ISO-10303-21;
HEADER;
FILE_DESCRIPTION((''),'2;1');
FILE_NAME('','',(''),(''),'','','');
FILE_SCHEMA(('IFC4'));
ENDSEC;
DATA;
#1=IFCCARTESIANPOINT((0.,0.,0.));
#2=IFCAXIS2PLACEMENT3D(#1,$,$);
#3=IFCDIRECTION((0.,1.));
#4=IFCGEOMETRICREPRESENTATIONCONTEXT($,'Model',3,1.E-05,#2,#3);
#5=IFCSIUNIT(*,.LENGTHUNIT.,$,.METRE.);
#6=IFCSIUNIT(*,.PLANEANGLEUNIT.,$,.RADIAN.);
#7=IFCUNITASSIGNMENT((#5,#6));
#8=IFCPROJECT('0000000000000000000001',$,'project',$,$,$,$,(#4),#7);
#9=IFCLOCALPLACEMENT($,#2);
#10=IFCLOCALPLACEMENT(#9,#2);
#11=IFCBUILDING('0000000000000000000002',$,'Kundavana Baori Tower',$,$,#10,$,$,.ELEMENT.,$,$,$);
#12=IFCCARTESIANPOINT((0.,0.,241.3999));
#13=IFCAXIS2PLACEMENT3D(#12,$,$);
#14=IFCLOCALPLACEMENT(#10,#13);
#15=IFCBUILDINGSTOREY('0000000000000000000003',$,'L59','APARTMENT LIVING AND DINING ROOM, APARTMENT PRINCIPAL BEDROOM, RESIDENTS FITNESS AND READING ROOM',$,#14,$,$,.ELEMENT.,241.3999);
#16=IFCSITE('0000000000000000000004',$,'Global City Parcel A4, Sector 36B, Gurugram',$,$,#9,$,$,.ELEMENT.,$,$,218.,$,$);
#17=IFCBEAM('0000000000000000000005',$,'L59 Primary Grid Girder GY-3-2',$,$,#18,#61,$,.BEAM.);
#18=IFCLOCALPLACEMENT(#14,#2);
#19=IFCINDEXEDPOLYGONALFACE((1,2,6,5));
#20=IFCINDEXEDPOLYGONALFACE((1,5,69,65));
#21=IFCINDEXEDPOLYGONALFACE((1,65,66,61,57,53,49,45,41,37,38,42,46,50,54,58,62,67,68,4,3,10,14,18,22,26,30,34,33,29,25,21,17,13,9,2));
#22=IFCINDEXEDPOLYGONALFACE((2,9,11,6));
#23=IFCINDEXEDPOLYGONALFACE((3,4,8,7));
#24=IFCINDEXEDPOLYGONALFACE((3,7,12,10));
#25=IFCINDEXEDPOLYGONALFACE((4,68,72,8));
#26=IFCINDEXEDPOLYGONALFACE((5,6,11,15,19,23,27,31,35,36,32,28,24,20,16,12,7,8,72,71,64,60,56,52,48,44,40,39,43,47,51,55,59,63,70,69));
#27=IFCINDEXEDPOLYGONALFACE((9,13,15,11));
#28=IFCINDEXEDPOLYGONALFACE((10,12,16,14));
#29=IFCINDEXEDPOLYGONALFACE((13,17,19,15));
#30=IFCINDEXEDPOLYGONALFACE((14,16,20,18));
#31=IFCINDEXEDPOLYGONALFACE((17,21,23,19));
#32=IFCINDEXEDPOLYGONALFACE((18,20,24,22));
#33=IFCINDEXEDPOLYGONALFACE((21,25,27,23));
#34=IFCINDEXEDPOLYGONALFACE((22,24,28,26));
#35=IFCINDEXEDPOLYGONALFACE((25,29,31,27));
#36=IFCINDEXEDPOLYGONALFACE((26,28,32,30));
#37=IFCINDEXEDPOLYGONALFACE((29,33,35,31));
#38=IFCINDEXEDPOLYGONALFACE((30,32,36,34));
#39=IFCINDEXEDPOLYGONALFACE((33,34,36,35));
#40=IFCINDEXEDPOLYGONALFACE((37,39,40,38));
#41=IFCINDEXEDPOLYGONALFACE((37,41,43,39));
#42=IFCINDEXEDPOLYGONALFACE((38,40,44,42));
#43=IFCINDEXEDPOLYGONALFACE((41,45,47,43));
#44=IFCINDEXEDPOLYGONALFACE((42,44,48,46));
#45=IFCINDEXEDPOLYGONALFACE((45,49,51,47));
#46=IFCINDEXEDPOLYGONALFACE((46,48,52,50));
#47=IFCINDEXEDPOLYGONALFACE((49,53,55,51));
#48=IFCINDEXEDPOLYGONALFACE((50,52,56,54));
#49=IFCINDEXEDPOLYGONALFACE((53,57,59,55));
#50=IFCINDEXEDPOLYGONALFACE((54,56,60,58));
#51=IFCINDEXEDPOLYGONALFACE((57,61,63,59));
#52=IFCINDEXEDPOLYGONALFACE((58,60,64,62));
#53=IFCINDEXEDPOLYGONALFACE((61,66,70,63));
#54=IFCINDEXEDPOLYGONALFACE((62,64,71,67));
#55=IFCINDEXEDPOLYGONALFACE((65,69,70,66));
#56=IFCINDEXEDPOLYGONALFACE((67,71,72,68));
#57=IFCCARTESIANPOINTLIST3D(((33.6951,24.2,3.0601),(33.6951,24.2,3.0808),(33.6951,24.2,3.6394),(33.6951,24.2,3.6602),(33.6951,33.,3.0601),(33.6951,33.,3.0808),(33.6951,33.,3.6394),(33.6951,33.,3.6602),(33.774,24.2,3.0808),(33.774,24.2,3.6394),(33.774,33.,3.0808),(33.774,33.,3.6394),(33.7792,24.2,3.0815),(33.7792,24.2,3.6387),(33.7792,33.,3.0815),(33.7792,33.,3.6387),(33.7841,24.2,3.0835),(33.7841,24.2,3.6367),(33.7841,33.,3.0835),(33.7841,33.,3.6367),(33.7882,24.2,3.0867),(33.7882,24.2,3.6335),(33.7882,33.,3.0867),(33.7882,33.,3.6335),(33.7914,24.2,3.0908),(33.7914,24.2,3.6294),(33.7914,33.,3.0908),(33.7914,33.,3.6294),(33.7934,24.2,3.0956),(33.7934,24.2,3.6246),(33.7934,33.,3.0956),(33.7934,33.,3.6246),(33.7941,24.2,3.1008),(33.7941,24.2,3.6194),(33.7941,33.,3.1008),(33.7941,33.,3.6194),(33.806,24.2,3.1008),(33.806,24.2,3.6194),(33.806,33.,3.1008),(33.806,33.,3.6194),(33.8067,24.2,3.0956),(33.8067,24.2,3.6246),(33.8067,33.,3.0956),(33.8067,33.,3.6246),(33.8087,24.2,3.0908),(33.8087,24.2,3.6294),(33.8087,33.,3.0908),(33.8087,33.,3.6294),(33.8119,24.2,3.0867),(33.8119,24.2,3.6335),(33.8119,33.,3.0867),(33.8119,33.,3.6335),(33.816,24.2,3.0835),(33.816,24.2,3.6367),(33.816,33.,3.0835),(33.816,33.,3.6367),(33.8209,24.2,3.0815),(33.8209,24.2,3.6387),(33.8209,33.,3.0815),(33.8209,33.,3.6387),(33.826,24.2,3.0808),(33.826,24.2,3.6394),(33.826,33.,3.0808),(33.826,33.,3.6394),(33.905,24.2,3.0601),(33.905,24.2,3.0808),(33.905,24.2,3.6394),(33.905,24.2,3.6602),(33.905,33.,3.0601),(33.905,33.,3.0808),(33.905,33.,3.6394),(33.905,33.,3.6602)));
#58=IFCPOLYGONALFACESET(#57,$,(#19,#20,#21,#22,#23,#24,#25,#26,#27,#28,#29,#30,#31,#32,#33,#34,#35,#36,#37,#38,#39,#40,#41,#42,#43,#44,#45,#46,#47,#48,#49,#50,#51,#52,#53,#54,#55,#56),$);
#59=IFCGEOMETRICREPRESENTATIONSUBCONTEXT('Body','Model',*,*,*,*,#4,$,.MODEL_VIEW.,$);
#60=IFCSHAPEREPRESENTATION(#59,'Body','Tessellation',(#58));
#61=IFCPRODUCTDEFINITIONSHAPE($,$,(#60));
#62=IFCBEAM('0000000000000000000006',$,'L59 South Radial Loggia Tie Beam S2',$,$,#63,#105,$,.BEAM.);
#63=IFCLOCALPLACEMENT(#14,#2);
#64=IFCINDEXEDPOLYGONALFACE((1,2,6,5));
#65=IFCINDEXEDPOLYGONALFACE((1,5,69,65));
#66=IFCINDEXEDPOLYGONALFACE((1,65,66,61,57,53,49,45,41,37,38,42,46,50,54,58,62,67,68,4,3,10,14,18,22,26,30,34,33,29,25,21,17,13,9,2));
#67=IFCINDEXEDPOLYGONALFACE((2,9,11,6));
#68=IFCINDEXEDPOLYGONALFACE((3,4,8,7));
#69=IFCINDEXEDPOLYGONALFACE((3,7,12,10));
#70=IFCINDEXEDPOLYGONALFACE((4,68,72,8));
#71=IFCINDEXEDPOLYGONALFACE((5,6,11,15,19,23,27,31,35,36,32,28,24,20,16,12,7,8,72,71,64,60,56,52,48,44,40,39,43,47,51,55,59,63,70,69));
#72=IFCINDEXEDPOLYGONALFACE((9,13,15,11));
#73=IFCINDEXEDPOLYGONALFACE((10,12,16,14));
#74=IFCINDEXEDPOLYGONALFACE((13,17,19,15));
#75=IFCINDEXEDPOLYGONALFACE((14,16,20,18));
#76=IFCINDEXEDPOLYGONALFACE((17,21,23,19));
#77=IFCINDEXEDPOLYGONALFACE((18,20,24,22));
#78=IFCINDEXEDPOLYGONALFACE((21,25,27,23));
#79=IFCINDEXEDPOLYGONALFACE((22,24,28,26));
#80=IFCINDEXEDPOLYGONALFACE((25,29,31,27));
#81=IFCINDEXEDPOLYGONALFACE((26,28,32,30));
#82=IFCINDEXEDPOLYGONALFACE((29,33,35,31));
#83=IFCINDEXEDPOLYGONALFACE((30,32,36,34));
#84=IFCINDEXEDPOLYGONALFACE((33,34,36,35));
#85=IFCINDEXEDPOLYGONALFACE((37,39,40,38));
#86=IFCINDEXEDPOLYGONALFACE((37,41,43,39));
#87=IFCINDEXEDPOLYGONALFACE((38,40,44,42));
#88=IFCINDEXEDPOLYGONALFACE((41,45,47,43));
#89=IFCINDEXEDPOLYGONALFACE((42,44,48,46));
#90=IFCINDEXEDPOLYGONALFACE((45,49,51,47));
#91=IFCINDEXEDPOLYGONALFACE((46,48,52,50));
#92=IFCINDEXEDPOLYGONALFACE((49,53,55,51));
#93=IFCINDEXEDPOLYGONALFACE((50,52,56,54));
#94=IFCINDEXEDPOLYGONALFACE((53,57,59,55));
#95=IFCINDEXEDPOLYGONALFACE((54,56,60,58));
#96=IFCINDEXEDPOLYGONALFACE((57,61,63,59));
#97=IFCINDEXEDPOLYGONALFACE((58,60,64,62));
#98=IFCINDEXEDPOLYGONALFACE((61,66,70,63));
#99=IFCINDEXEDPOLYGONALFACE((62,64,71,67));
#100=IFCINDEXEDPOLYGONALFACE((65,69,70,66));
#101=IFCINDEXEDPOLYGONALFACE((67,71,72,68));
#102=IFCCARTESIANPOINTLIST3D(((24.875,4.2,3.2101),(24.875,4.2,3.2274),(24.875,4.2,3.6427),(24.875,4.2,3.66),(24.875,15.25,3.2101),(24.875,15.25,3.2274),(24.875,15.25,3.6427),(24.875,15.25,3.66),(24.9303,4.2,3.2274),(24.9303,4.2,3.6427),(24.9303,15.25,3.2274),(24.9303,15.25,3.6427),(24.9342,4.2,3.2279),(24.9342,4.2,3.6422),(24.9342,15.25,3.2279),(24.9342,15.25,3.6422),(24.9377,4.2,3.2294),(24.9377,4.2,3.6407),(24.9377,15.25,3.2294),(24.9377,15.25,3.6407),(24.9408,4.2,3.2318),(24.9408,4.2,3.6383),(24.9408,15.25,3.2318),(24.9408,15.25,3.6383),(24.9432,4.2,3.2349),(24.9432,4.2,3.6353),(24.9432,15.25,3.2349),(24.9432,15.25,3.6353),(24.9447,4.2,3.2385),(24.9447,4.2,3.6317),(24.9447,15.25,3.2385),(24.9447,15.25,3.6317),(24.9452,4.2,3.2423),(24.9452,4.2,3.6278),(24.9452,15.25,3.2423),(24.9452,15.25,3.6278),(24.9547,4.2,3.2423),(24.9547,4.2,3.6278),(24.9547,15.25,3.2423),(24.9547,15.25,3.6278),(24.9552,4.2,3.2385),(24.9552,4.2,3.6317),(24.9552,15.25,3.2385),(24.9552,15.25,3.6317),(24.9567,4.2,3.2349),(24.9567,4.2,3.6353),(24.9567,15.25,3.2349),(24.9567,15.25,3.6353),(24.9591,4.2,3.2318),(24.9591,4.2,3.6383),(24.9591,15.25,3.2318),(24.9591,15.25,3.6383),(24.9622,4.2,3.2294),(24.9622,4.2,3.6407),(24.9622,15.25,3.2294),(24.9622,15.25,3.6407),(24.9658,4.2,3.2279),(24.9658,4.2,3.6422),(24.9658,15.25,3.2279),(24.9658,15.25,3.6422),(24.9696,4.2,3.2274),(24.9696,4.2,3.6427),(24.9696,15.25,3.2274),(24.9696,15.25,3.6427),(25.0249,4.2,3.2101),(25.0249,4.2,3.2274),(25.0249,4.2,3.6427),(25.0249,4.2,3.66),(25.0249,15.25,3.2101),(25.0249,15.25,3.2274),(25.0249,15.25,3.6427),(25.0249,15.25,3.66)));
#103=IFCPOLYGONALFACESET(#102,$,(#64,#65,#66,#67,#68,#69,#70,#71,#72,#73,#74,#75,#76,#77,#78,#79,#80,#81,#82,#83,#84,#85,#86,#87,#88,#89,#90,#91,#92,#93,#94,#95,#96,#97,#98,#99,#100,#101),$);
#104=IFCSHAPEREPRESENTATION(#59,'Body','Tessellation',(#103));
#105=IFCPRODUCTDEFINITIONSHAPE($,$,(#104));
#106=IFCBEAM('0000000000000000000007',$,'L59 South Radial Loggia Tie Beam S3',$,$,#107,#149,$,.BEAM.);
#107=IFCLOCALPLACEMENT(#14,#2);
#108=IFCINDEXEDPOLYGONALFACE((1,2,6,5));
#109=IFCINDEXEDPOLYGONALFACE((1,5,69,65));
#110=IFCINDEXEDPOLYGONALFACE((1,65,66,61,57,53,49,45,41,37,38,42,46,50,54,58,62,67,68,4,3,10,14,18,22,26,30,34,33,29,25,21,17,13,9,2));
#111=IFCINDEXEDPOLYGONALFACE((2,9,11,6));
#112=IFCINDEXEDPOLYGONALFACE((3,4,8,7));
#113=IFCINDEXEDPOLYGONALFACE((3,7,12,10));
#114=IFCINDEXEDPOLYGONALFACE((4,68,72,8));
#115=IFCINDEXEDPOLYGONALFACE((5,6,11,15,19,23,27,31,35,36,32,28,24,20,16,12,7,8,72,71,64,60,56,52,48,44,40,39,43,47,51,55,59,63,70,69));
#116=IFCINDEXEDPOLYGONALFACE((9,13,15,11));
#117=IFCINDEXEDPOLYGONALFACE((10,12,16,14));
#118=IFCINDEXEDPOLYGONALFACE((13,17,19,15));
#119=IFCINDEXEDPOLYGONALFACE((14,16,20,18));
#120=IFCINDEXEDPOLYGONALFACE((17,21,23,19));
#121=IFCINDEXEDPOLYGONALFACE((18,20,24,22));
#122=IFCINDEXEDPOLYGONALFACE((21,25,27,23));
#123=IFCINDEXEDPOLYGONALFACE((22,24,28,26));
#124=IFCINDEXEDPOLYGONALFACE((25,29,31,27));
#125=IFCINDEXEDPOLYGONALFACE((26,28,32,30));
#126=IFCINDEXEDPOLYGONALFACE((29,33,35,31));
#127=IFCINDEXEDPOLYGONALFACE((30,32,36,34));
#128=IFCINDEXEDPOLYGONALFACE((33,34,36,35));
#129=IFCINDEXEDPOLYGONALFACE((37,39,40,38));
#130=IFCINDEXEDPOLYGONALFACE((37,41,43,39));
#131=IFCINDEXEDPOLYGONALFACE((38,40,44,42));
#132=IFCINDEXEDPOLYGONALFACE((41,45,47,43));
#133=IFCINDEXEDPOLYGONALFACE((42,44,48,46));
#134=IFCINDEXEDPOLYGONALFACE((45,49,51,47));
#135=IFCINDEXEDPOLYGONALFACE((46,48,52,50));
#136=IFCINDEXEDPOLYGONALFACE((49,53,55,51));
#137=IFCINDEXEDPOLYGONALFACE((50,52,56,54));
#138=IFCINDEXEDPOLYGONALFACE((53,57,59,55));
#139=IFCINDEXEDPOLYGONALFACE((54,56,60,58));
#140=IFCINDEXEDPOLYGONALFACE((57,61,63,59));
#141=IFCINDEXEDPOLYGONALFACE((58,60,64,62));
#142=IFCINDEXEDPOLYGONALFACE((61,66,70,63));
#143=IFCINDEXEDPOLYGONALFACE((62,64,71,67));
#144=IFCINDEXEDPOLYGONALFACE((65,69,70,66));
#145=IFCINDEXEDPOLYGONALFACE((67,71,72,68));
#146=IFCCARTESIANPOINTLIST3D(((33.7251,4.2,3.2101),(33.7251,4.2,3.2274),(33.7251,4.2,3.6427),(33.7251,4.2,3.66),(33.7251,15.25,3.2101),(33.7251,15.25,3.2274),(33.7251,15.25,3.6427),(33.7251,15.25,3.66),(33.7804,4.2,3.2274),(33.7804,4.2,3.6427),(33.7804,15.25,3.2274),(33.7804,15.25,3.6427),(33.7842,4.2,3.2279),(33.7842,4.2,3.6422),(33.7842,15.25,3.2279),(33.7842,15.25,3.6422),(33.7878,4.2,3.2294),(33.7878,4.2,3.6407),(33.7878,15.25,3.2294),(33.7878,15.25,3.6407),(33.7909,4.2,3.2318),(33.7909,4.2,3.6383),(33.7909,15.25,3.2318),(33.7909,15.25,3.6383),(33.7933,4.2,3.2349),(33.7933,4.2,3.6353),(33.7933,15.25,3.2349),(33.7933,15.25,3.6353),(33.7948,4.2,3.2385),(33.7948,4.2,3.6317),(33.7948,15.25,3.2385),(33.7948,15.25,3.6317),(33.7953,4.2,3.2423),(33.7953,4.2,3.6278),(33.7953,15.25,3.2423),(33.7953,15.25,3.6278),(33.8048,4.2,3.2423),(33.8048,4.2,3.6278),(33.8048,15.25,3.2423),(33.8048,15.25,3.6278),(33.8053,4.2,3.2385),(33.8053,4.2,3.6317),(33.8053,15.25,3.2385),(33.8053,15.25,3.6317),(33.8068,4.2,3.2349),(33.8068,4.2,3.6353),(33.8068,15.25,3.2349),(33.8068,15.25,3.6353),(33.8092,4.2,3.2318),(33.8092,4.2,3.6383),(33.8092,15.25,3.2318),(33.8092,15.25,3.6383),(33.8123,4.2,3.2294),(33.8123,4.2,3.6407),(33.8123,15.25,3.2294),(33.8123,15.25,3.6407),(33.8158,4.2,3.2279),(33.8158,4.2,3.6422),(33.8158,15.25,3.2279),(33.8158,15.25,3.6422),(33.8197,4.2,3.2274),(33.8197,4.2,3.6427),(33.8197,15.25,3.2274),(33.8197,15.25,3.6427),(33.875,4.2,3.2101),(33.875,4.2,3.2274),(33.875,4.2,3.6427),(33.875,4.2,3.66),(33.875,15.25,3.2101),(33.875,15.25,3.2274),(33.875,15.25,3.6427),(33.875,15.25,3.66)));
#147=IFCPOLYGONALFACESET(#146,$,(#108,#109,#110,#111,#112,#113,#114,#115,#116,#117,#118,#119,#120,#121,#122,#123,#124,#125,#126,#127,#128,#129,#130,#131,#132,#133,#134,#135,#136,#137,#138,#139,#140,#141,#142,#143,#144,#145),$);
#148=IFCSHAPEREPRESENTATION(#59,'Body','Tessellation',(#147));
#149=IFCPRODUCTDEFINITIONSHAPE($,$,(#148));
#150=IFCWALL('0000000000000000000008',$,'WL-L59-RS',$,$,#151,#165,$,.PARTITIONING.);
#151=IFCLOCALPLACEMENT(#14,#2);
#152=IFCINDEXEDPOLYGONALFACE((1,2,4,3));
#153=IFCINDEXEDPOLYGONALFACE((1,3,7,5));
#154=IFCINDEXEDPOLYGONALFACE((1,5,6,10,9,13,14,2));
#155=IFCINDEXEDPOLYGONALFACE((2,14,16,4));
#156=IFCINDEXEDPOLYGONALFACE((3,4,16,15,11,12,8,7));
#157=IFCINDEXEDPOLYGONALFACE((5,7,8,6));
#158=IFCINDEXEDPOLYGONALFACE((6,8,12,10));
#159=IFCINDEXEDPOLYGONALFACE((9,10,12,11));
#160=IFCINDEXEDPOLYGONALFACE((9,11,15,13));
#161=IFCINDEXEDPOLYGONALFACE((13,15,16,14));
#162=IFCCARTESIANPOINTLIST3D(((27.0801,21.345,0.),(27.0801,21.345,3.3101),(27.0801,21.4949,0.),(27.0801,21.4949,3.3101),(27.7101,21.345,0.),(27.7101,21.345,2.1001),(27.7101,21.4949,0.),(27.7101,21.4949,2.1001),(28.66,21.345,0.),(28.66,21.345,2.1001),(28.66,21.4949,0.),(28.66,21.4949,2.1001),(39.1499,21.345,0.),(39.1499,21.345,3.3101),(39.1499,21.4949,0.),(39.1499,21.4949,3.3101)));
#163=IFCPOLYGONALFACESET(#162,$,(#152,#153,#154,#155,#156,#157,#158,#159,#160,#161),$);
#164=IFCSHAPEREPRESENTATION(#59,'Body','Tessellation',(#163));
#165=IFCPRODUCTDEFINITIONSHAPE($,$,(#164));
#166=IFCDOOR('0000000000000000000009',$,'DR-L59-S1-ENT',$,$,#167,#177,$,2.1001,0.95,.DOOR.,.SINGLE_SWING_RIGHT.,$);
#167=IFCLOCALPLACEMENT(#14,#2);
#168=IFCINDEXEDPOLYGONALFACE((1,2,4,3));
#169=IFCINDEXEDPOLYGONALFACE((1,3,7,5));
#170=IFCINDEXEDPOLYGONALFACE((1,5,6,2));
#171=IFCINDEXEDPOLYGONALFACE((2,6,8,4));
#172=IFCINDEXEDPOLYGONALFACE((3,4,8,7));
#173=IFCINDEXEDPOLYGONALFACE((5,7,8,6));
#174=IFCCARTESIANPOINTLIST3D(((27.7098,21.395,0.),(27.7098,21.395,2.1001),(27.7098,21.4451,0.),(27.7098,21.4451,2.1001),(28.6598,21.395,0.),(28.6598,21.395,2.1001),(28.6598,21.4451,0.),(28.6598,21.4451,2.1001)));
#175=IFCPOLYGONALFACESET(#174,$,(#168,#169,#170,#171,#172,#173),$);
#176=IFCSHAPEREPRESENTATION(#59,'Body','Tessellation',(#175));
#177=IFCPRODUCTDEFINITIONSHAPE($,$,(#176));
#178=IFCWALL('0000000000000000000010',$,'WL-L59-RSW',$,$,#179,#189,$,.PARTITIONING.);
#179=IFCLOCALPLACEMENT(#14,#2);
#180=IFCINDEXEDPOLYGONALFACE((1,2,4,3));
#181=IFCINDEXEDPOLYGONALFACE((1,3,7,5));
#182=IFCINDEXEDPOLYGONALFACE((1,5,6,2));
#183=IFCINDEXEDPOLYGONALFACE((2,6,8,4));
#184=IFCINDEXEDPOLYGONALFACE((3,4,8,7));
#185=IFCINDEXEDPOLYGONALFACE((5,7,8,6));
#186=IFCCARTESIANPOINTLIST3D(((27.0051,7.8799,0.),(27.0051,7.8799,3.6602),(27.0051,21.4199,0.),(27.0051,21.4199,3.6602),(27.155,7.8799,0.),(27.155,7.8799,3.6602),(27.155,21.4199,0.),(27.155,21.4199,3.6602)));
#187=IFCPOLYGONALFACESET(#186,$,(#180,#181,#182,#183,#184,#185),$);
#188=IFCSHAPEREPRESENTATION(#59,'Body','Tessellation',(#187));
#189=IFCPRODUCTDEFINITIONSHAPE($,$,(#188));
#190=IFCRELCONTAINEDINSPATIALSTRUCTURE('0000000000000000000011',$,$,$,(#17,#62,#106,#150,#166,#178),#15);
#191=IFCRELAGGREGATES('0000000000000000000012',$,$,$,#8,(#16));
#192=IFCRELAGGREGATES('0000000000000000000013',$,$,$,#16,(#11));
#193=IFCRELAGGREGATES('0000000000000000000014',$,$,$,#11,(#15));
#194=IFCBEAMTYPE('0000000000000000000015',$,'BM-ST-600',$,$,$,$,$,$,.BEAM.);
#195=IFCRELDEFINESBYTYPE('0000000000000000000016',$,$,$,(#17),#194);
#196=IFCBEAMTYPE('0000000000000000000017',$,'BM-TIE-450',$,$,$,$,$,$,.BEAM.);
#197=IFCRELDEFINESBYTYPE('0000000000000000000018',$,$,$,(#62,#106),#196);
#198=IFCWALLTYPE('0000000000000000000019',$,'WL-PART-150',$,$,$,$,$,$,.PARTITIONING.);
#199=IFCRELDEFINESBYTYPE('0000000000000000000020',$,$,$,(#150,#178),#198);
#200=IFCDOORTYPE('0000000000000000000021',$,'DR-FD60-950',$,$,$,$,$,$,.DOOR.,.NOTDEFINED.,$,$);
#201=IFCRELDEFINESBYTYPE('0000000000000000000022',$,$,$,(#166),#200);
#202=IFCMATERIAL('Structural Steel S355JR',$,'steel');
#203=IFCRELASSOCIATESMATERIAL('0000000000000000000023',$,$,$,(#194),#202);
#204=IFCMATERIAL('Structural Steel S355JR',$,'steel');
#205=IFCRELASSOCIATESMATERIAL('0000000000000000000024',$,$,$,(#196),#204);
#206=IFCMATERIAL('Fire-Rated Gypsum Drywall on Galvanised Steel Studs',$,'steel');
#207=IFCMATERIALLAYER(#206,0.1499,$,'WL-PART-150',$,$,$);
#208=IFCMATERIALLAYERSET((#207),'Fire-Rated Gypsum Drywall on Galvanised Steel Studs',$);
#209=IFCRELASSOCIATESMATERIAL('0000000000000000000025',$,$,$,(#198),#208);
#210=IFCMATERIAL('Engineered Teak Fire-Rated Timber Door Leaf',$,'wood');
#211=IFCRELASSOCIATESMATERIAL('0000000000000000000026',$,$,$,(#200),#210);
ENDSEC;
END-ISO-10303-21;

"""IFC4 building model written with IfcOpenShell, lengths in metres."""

from ifc_helpers import new_model, si_unit, direction, frame, frame_2d, origin, origin_2d, place, context, subcontext, project, spatial, rectangle, i_section, extrude, material, layer, layer_set, material_profile, profile_set, type_object, element, fill, save


model = new_model("IFC4")

# Units and contexts
model_context = context("Model", 3, precision=1e-05, world=origin(), true_north=direction((0.0, 1.0)))
body_context = subcontext(model_context, "Body", "Model", "MODEL_VIEW")
ifc_project = project(units=[si_unit("LENGTHUNIT", "METRE"), si_unit("PLANEANGLEUNIT", "RADIAN")], contexts=[model_context])

# Site, building, storey
site_placement = place(None, origin())
site = spatial("IfcSite", under=ifc_project, at=site_placement, Name="Global City Parcel A4, Sector 36B, Gurugram", CompositionType="ELEMENT", RefElevation=218.0)
building_placement = place(site_placement, origin())
building = spatial("IfcBuilding", under=site, at=building_placement, Name="Kundavana Baori Tower", CompositionType="ELEMENT")
storey_placement = place(building_placement, frame((0.0, 0.0, 241.3999)))
storey = spatial("IfcBuildingStorey", under=building, at=storey_placement, Name="L59", Description="APARTMENT LIVING AND DINING ROOM, APARTMENT PRINCIPAL BEDROOM, RESIDENTS FITNESS AND READING ROOM", CompositionType="ELEMENT", Elevation=241.3999)

# Beams
ifc_material_1 = material(Name="Structural Steel S355JR", Category="steel")
ifc_material_profile_1 = material_profile(ifc_material_1, i_section(OverallWidth=0.21, OverallDepth=0.6001, WebThickness=0.012, FlangeThickness=0.0208, FilletRadius=0.02, at=origin_2d()), Name="ISMB 600")
ifc_profile_set_1 = profile_set([ifc_material_profile_1], Name="Structural Steel S355JR")
beam_type_1 = type_object("IfcBeamType", Name="BM-ST-600", PredefinedType="BEAM", material=ifc_profile_set_1)
beam_1_placement = place(storey_placement, frame((33.8, 24.2, 3.3601), z_axis=(0.0, 1.0, 0.0), x_axis=(-1.0, 0.0, 0.0)))
element("IfcBeam", 1, at=beam_1_placement, inside=storey, type_object=beam_type_1, Name="L59 Primary Grid Girder GY-3-2", PredefinedType="BEAM", context=body_context, shape_type="SweptSolid", body=[
    extrude(i_section(OverallWidth=0.21, OverallDepth=0.6001, WebThickness=0.012, FlangeThickness=0.0208, FilletRadius=0.02, at=origin_2d()), origin(), (0.0, 0.0, 1.0), 8.8),
])
ifc_material_2 = material(Name="Structural Steel S355JR", Category="steel")
ifc_material_profile_2 = material_profile(ifc_material_2, i_section(OverallWidth=0.1499, OverallDepth=0.45, WebThickness=0.0095, FlangeThickness=0.0173, FilletRadius=0.0149, at=origin_2d()), Name="ISMB 450")
ifc_profile_set_2 = profile_set([ifc_material_profile_2], Name="Structural Steel S355JR")
beam_type_2 = type_object("IfcBeamType", Name="BM-TIE-450", PredefinedType="BEAM", material=ifc_profile_set_2)
for number, where, z_axis, x_axis, name in (
    (2, (24.95, 15.25, 3.4351), (0.0, -1.0, 0.0), (1.0, 0.0, 0.0), "L59 South Radial Loggia Tie Beam S2"),
    (3, (33.8, 15.25, 3.4351), (0.0, -1.0, 0.0), (1.0, 0.0, 0.0), "L59 South Radial Loggia Tie Beam S3"),
):
    element("IfcBeam", number, at=place(storey_placement, frame(where, z_axis=z_axis, x_axis=x_axis)), inside=storey, type_object=beam_type_2, Name=name, PredefinedType="BEAM", context=body_context, shape_type="SweptSolid", body=[
        extrude(i_section(OverallWidth=0.1499, OverallDepth=0.45, WebThickness=0.0095, FlangeThickness=0.0173, FilletRadius=0.0149, at=origin_2d()), origin(), (0.0, 0.0, 1.0), 11.05),
    ])

# Wall, opening, door
ifc_material_3 = material(Name="Fire-Rated Gypsum Drywall on Galvanised Steel Studs", Category="steel")
ifc_layer = layer(ifc_material_3, 0.1499, Name="WL-PART-150")
ifc_layer_set = layer_set([ifc_layer], Name="Fire-Rated Gypsum Drywall on Galvanised Steel Studs")
wall_type = type_object("IfcWallType", Name="WL-PART-150", PredefinedType="PARTITIONING", material=ifc_layer_set)
wall_1_placement = place(storey_placement, frame((27.0801, 21.4199, 0.0), z_axis=(0.0, 0.0, 1.0), x_axis=(1.0, 0.0, 0.0)))
wall_1 = element("IfcWall", 4, at=wall_1_placement, inside=storey, type_object=wall_type, Name="WL-L59-RS", PredefinedType="PARTITIONING", context=body_context, shape_type="SweptSolid", body=[
    extrude(rectangle(XDim=12.0698, YDim=0.1499, at=frame_2d((6.0349, 0.0))), origin(), (0.0, 0.0, 1.0), 3.3101),
])
opening_1_placement = place(wall_1_placement, frame((0.6299, 0.0, 0.0)))
opening_1 = element("IfcOpeningElement", 5, at=opening_1_placement, cuts=wall_1, PredefinedType="OPENING", context=body_context, shape_type="SweptSolid", body=[
    extrude(rectangle(XDim=0.95, YDim=2.1001, at=frame_2d((0.4751, 1.05))), frame((0.0, 0.085, 0.0), z_axis=(0.0, -1.0, 0.0), x_axis=(1.0, 0.0, 0.0)), (0.0, 0.0, 1.0), 0.1699),
])
ifc_material_4 = material(Name="Engineered Teak Fire-Rated Timber Door Leaf", Category="wood")
door_type_1 = type_object("IfcDoorType", Name="DR-FD60-950", OperationType="NOTDEFINED", PredefinedType="DOOR", material=ifc_material_4)
door_1_placement = place(opening_1_placement, frame((0.95, 0.0, 0.0), z_axis=(0.0, 0.0, 1.0), x_axis=(-1.0, 0.0, 0.0)))
door_1 = element("IfcDoor", 6, at=door_1_placement, inside=storey, type_object=door_type_1, Name="DR-L59-S1-ENT", OperationType="SINGLE_SWING_RIGHT", OverallHeight=2.1001, OverallWidth=0.95, PredefinedType="DOOR", context=body_context, shape_type="SweptSolid", body=[
    extrude(rectangle(XDim=0.95, YDim=2.1001, at=frame_2d((0.4751, 1.05))), frame((0.0, 0.0249, 0.0), z_axis=(0.0, -1.0, 0.0), x_axis=(1.0, 0.0, 0.0)), (0.0, 0.0, 1.0), 0.05),
])
fill(opening_1, door_1)

# Wall
wall_2_placement = place(storey_placement, frame((27.0801, 7.8799, 0.0), z_axis=(0.0, 0.0, 1.0), x_axis=(0.0, 1.0, 0.0)))
element("IfcWall", 7, at=wall_2_placement, inside=storey, type_object=wall_type, Name="WL-L59-RSW", PredefinedType="PARTITIONING", context=body_context, shape_type="SweptSolid", body=[
    extrude(rectangle(XDim=13.54, YDim=0.1499, at=frame_2d((6.77, 0.0))), origin(), (0.0, 0.0, 1.0), 3.6602),
])

save(model, "model.ifc")
